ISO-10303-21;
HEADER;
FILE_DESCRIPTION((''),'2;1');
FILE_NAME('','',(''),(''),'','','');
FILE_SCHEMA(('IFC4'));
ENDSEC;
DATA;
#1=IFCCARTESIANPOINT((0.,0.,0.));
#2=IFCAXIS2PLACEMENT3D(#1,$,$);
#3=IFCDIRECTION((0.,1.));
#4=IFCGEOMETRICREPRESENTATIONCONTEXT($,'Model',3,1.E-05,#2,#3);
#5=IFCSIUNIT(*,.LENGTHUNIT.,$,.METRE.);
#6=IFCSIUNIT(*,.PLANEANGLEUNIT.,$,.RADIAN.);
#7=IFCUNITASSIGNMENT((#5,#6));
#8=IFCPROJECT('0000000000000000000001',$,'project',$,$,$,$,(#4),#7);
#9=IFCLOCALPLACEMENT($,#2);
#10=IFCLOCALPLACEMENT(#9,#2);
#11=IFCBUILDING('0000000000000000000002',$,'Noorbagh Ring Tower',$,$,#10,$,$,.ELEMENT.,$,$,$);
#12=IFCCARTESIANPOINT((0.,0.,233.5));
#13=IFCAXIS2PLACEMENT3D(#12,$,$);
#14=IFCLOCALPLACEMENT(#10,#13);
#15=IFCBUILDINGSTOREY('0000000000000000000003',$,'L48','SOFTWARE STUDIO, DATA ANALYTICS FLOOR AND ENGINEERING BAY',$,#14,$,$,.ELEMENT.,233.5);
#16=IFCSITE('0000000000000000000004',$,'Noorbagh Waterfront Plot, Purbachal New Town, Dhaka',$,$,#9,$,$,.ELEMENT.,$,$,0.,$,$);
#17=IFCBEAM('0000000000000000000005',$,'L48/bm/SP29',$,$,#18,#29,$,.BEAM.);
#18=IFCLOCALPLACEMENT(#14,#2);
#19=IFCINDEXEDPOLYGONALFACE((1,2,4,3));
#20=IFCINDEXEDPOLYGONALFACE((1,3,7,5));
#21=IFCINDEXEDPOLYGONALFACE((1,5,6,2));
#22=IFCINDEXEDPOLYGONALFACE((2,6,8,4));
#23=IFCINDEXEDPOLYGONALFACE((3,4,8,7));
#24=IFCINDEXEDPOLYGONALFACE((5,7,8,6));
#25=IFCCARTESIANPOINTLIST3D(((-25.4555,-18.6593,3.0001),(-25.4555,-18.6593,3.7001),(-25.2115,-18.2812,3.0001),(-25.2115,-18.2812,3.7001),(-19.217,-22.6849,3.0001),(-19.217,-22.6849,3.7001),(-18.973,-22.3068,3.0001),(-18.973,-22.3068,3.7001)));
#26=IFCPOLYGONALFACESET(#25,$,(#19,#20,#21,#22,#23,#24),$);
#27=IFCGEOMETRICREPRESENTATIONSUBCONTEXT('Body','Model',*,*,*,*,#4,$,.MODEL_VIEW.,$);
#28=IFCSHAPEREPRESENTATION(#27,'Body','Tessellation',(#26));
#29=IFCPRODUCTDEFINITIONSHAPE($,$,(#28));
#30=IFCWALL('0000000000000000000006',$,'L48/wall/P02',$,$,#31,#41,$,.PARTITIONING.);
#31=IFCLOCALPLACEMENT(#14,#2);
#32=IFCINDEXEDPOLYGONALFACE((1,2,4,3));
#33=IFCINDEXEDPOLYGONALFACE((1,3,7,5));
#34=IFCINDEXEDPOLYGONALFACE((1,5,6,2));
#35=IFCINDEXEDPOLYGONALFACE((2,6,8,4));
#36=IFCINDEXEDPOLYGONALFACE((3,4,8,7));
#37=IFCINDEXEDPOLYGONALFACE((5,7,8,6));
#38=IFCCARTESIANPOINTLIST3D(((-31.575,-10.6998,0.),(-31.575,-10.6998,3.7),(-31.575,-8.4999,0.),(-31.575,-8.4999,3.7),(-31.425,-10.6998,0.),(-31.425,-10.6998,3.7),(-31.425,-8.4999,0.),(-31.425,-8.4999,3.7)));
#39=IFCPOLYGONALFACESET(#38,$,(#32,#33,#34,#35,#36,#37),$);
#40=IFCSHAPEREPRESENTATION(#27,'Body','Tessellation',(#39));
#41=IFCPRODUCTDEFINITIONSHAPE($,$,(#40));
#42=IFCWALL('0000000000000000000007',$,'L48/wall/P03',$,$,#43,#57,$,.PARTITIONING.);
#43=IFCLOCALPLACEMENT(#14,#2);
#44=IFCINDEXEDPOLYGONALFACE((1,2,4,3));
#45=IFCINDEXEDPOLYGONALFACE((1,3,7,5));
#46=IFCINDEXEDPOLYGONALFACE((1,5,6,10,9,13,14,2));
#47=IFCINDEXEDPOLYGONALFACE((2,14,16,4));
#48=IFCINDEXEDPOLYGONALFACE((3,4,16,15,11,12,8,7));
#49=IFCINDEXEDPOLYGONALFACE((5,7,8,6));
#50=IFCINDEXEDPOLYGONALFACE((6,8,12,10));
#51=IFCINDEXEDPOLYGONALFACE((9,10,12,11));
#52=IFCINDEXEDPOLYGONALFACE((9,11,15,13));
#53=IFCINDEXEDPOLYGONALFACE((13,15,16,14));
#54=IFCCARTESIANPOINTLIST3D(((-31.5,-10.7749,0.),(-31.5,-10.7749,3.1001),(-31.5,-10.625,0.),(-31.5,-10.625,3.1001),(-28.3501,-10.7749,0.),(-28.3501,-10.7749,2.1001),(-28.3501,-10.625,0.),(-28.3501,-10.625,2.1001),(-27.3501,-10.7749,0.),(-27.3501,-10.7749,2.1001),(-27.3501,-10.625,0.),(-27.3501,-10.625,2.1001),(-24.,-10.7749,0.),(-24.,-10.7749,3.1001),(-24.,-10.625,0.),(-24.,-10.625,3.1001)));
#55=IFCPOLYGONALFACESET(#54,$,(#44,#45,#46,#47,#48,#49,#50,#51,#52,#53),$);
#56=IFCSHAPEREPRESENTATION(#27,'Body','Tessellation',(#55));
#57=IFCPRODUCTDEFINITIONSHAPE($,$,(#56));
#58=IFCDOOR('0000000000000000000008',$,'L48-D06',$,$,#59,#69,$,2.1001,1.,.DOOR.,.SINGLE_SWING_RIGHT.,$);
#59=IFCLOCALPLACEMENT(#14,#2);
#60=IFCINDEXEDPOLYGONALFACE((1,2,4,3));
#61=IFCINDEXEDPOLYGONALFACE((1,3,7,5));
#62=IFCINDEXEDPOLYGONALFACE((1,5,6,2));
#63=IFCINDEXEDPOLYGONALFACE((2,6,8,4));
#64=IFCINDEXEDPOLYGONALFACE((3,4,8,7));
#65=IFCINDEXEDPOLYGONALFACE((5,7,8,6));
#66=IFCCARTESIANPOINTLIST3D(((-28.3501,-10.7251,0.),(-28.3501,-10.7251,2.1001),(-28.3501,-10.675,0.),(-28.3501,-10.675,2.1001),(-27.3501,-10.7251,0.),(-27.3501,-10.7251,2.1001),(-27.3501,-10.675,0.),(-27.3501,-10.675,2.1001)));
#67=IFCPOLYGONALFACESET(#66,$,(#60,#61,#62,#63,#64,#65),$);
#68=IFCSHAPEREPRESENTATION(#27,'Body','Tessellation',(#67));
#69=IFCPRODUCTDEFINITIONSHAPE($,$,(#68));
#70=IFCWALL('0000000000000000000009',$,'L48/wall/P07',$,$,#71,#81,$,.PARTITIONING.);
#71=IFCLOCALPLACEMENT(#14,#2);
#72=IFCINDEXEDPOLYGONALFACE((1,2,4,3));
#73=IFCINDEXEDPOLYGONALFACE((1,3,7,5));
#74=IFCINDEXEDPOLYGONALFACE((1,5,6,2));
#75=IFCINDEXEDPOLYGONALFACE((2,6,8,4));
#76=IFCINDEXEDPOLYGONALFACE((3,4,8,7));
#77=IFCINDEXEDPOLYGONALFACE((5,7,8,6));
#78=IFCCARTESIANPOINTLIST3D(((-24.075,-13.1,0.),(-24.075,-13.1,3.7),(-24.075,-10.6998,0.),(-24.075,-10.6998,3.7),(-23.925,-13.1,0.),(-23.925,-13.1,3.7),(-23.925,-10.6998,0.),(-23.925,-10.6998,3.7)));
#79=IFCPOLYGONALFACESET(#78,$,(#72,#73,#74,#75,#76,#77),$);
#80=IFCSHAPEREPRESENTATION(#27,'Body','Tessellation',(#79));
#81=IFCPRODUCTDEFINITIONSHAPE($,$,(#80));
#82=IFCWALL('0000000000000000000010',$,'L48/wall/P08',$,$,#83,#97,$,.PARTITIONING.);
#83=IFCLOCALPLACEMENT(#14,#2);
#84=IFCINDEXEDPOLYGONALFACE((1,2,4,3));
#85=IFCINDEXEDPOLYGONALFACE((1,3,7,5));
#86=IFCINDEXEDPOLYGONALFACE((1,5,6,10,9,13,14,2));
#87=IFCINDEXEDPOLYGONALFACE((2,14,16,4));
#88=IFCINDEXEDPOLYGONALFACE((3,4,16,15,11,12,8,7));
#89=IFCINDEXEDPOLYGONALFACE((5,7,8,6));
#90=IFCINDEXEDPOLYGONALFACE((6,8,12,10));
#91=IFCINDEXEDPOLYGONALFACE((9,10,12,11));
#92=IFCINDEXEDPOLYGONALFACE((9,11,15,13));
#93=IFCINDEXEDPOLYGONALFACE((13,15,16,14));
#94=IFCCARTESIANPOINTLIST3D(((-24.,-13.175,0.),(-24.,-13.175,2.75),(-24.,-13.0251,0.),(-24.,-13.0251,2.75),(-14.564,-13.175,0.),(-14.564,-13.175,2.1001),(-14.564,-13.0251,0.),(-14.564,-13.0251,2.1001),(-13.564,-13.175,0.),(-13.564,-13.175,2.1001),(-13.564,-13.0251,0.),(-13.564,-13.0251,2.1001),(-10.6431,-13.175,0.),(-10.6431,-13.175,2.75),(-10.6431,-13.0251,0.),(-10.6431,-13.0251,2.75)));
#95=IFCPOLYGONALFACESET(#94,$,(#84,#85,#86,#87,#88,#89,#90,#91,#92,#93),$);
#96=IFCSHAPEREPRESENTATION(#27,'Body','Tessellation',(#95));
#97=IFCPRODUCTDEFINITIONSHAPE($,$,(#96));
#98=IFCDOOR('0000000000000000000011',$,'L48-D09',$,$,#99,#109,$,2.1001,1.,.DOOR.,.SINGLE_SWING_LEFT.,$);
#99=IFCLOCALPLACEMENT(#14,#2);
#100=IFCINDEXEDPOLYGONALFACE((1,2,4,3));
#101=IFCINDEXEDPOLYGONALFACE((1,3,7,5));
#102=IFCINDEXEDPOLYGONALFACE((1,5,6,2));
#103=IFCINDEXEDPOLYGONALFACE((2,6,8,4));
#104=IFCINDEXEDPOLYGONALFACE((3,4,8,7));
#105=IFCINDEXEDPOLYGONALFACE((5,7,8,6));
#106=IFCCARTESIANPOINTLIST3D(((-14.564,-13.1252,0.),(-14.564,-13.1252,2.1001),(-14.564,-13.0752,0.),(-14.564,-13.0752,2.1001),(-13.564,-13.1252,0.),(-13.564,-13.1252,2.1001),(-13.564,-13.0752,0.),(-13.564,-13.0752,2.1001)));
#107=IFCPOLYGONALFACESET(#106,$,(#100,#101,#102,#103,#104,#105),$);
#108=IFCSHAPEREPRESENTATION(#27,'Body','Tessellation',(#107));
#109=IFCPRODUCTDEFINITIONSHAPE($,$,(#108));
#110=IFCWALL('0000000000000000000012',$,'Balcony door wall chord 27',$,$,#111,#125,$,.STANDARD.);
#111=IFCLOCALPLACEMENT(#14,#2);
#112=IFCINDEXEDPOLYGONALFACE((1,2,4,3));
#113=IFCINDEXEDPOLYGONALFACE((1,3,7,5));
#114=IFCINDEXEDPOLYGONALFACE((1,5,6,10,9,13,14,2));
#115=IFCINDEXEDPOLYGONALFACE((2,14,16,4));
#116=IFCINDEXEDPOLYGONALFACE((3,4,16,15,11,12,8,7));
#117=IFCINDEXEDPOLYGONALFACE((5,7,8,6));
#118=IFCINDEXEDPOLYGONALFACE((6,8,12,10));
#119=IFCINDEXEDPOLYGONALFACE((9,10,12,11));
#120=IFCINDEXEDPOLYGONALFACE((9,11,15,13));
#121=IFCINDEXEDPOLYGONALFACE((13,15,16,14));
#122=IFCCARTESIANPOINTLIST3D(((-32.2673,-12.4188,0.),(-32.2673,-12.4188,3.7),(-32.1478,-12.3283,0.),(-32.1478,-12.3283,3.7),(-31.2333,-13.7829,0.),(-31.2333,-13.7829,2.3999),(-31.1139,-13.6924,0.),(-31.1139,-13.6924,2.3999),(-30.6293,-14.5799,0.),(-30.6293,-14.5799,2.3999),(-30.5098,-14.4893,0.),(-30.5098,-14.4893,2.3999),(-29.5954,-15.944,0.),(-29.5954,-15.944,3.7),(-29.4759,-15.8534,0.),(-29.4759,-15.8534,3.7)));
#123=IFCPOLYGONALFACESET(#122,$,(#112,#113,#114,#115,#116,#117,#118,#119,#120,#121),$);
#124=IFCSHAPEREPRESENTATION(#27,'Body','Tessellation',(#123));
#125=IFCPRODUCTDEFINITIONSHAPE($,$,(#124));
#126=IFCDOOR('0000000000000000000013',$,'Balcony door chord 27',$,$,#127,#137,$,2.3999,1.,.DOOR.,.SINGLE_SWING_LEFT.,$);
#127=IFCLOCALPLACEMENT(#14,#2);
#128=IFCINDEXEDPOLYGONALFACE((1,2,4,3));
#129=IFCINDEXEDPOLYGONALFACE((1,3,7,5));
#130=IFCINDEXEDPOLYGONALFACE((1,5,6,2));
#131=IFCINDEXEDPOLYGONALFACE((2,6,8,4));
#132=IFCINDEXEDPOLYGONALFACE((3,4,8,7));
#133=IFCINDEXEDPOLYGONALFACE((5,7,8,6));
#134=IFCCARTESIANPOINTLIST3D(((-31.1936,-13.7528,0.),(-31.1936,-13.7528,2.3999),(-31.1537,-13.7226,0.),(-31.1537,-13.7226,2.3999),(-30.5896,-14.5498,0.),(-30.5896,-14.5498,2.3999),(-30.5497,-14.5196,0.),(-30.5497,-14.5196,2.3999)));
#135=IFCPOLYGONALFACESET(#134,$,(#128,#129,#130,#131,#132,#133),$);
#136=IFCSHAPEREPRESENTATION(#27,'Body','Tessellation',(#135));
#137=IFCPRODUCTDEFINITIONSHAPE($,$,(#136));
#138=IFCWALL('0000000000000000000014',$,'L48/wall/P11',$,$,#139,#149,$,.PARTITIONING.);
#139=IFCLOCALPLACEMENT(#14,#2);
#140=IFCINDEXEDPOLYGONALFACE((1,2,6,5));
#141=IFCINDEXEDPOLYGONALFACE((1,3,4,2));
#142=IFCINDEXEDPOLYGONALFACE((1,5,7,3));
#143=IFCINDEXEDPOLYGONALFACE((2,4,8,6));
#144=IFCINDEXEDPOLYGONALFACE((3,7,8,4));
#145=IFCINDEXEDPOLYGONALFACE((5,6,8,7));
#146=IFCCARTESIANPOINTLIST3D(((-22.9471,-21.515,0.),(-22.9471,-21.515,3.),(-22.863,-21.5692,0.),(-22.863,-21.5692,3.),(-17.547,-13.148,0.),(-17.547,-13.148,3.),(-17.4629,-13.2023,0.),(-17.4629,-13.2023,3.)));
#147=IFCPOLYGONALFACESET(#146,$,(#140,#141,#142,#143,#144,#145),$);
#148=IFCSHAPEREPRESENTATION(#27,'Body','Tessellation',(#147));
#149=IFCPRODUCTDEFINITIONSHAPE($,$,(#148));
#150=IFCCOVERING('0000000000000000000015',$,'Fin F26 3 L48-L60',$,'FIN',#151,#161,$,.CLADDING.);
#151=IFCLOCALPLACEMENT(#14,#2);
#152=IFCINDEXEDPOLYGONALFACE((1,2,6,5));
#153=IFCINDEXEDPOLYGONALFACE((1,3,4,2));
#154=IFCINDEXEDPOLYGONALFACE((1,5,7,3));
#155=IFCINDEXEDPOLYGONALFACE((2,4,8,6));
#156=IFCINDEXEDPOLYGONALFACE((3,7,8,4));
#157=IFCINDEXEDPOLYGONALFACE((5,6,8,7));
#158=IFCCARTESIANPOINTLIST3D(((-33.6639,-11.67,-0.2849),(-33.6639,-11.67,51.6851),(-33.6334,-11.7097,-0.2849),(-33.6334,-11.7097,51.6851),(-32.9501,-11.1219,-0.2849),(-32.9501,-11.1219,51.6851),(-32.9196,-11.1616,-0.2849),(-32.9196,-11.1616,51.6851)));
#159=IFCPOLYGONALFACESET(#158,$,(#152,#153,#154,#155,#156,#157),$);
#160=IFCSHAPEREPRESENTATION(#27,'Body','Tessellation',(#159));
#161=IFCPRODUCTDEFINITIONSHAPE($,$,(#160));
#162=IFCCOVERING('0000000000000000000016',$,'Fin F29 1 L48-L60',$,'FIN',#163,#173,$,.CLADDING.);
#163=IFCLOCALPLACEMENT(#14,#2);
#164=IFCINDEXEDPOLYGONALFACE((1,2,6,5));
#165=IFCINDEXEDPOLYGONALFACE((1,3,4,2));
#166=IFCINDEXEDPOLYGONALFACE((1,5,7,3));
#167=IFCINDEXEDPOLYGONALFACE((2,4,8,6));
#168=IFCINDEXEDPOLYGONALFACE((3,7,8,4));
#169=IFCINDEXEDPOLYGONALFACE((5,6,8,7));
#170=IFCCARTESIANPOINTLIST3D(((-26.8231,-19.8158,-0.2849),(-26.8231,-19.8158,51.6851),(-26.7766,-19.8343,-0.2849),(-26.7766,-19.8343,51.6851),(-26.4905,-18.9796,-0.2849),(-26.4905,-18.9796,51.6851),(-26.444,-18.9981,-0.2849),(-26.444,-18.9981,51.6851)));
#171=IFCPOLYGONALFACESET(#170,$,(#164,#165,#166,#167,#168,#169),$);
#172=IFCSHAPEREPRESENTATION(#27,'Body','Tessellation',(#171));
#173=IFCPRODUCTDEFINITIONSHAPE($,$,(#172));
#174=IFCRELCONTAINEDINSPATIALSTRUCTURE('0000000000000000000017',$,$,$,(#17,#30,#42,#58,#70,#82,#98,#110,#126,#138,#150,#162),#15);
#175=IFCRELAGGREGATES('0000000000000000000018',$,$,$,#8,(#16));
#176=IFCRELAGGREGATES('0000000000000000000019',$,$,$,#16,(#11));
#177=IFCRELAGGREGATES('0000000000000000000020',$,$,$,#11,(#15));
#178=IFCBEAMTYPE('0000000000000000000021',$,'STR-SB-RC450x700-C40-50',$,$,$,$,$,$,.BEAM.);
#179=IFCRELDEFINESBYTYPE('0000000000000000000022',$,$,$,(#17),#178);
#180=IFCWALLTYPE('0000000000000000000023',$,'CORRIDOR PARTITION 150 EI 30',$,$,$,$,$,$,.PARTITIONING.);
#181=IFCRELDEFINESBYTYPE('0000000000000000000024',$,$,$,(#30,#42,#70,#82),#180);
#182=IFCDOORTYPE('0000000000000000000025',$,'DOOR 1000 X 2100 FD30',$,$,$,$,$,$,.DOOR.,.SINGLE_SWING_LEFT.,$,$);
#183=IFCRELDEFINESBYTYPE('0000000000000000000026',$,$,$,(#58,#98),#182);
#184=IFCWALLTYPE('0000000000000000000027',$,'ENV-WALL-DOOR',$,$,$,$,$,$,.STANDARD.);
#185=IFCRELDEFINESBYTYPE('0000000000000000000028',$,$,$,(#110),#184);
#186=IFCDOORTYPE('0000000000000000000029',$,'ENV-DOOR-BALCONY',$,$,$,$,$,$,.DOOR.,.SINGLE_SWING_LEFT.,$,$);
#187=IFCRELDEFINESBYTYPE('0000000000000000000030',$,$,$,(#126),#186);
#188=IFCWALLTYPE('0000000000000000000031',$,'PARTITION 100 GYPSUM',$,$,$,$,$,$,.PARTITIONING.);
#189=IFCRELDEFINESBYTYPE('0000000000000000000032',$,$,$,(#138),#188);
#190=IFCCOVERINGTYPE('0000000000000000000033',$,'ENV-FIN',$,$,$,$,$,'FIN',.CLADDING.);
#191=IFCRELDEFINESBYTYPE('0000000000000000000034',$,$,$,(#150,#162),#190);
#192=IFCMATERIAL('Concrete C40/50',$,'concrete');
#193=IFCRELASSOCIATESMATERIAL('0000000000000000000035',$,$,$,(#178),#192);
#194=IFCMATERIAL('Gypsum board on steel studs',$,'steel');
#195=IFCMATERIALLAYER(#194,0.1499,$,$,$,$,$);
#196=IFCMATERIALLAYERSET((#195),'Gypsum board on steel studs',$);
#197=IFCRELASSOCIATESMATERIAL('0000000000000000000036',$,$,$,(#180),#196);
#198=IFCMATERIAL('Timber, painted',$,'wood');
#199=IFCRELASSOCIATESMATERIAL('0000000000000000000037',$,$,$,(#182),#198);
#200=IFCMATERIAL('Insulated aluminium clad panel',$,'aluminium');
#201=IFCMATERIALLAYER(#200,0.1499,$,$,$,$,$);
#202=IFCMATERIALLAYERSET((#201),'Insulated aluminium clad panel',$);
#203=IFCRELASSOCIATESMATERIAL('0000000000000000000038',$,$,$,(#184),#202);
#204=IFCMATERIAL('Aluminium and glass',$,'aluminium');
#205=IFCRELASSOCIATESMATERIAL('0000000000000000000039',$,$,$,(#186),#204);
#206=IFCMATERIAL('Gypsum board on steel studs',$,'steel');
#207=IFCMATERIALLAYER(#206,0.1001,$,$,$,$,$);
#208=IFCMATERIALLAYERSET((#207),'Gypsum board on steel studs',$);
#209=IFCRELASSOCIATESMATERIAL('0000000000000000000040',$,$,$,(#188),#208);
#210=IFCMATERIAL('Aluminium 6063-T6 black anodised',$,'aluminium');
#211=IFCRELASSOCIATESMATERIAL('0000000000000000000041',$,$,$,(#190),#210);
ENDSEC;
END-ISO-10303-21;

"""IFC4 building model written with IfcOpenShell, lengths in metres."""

from ifc_helpers import new_model, si_unit, direction, frame, frame_2d, origin, origin_2d, place, context, subcontext, project, spatial, rectangle, extrude, material, layer, layer_set, material_profile, profile_set, type_object, element, fill, save


model = new_model("IFC4")

# Units and contexts
model_context = context("Model", 3, precision=1e-05, world=origin(), true_north=direction((0.0, 1.0)))
body_context = subcontext(model_context, "Body", "Model", "MODEL_VIEW")
ifc_project = project(units=[si_unit("LENGTHUNIT", "METRE"), si_unit("PLANEANGLEUNIT", "RADIAN")], contexts=[model_context])

# Site, building, storey
site_placement = place(None, origin())
site = spatial("IfcSite", under=ifc_project, at=site_placement, Name="Noorbagh Waterfront Plot, Purbachal New Town, Dhaka", CompositionType="ELEMENT", RefElevation=0.0)
building_placement = place(site_placement, origin())
building = spatial("IfcBuilding", under=site, at=building_placement, Name="Noorbagh Ring Tower", CompositionType="ELEMENT")
storey_placement = place(building_placement, frame((0.0, 0.0, 233.5)))
storey = spatial("IfcBuildingStorey", under=building, at=storey_placement, Name="L48", Description="SOFTWARE STUDIO, DATA ANALYTICS FLOOR AND ENGINEERING BAY", CompositionType="ELEMENT", Elevation=233.5)

# Beam
ifc_material_1 = material(Name="Concrete C40/50", Category="concrete")
ifc_material_profile_1 = material_profile(ifc_material_1, rectangle(XDim=0.45, YDim=0.7, at=origin_2d()), Name="RC450x700")
ifc_profile_set_1 = profile_set([ifc_material_profile_1], Name="Concrete C40/50")
beam_type_1 = type_object("IfcBeamType", Name="STR-SB-RC450x700-C40-50", PredefinedType="BEAM", material=ifc_profile_set_1)
beam_1_placement = place(storey_placement, frame((-25.3335, -18.4702, 3.3501), z_axis=(0.840249, -0.542201, 0.0), x_axis=(0.542201, 0.840249, 0.0)))
element("IfcBeam", 1, at=beam_1_placement, inside=storey, type_object=beam_type_1, Name="L48/bm/SP29", PredefinedType="BEAM", context=body_context, shape_type="SweptSolid", body=[
    extrude(rectangle(XDim=0.45, YDim=0.7, at=origin_2d()), origin(), (0.0, 0.0, 1.0), 7.4246),
])

# Wall
ifc_material_2 = material(Name="Gypsum board on steel studs", Category="steel")
ifc_layer_1 = layer(ifc_material_2, 0.1499)
ifc_layer_set_1 = layer_set([ifc_layer_1], Name="Gypsum board on steel studs")
wall_type_1 = type_object("IfcWallType", Name="CORRIDOR PARTITION 150 EI 30", PredefinedType="PARTITIONING", material=ifc_layer_set_1)
wall_1_placement = place(storey_placement, frame((-31.5, -10.7, 0.0), z_axis=(0.0, 0.0, 1.0), x_axis=(0.0, 1.0, 0.0)))
element("IfcWall", 2, at=wall_1_placement, inside=storey, type_object=wall_type_1, Name="L48/wall/P02", PredefinedType="PARTITIONING", context=body_context, shape_type="SweptSolid", body=[
    extrude(rectangle(XDim=2.2, YDim=0.1499, at=frame_2d((1.1001, 0.0))), origin(), (0.0, 0.0, 1.0), 3.7),
])

# Wall, opening, door
wall_2_placement = place(storey_placement, frame((-31.5, -10.7, 0.0), z_axis=(0.0, 0.0, 1.0), x_axis=(1.0, 0.0, 0.0)))
wall_2 = element("IfcWall", 3, at=wall_2_placement, inside=storey, type_object=wall_type_1, Name="L48/wall/P03", PredefinedType="PARTITIONING", context=body_context, shape_type="SweptSolid", body=[
    extrude(rectangle(XDim=7.5, YDim=0.1499, at=frame_2d((3.75, 0.0))), origin(), (0.0, 0.0, 1.0), 3.1001),
])
opening_1_placement = place(wall_2_placement, frame((3.1499, 0.0, 0.0)))
opening_1 = element("IfcOpeningElement", 4, at=opening_1_placement, cuts=wall_2, PredefinedType="OPENING", context=body_context, shape_type="SweptSolid", body=[
    extrude(rectangle(XDim=1.0, YDim=2.1001, at=frame_2d((0.5, 1.05))), frame((0.0, 0.085, 0.0), z_axis=(0.0, -1.0, 0.0), x_axis=(1.0, 0.0, 0.0)), (0.0, 0.0, 1.0), 0.1699),
])
ifc_material_3 = material(Name="Timber, painted", Category="wood")
door_type_1 = type_object("IfcDoorType", Name="DOOR 1000 X 2100 FD30", OperationType="SINGLE_SWING_LEFT", PredefinedType="DOOR", material=ifc_material_3)
door_1_placement = place(opening_1_placement, origin())
door_1 = element("IfcDoor", 5, at=door_1_placement, inside=storey, type_object=door_type_1, Name="L48-D06", OperationType="SINGLE_SWING_RIGHT", OverallHeight=2.1001, OverallWidth=1.0, PredefinedType="DOOR", context=body_context, shape_type="SweptSolid", body=[
    extrude(rectangle(XDim=1.0, YDim=2.1001, at=frame_2d((0.5, 1.05))), frame((0.0, 0.0249, 0.0), z_axis=(0.0, -1.0, 0.0), x_axis=(1.0, 0.0, 0.0)), (0.0, 0.0, 1.0), 0.05),
])
fill(opening_1, door_1)

# Wall
wall_3_placement = place(storey_placement, frame((-24.0, -13.1001, 0.0), z_axis=(0.0, 0.0, 1.0), x_axis=(0.0, 1.0, 0.0)))
element("IfcWall", 6, at=wall_3_placement, inside=storey, type_object=wall_type_1, Name="L48/wall/P07", PredefinedType="PARTITIONING", context=body_context, shape_type="SweptSolid", body=[
    extrude(rectangle(XDim=2.4001, YDim=0.1499, at=frame_2d((1.2002, 0.0))), origin(), (0.0, 0.0, 1.0), 3.7),
])

# Walls, openings, doors
wall_4_placement = place(storey_placement, frame((-24.0, -13.1001, 0.0), z_axis=(0.0, 0.0, 1.0), x_axis=(1.0, 0.0, 0.0)))
wall_4 = element("IfcWall", 7, at=wall_4_placement, inside=storey, type_object=wall_type_1, Name="L48/wall/P08", PredefinedType="PARTITIONING", context=body_context, shape_type="SweptSolid", body=[
    extrude(rectangle(XDim=13.3569, YDim=0.1499, at=frame_2d((6.6785, 0.0))), origin(), (0.0, 0.0, 1.0), 2.75),
])
opening_2_placement = place(wall_4_placement, frame((9.436, 0.0, 0.0)))
opening_2 = element("IfcOpeningElement", 8, at=opening_2_placement, cuts=wall_4, PredefinedType="OPENING", context=body_context, shape_type="SweptSolid", body=[
    extrude(rectangle(XDim=1.0, YDim=2.1001, at=frame_2d((0.5, 1.05))), frame((0.0, 0.085, 0.0), z_axis=(0.0, -1.0, 0.0), x_axis=(1.0, 0.0, 0.0)), (0.0, 0.0, 1.0), 0.1699),
])
door_2_placement = place(opening_2_placement, origin())
door_2 = element("IfcDoor", 9, at=door_2_placement, inside=storey, type_object=door_type_1, Name="L48-D09", OperationType="SINGLE_SWING_LEFT", OverallHeight=2.1001, OverallWidth=1.0, PredefinedType="DOOR", context=body_context, shape_type="SweptSolid", body=[
    extrude(rectangle(XDim=1.0, YDim=2.1001, at=frame_2d((0.5, 1.05))), frame((0.0, 0.0249, 0.0), z_axis=(0.0, -1.0, 0.0), x_axis=(1.0, 0.0, 0.0)), (0.0, 0.0, 1.0), 0.05),
])
fill(opening_2, door_2)
ifc_material_4 = material(Name="Insulated aluminium clad panel", Category="aluminium")
ifc_layer_2 = layer(ifc_material_4, 0.1499)
ifc_layer_set_2 = layer_set([ifc_layer_2], Name="Insulated aluminium clad panel")
wall_type_2 = type_object("IfcWallType", Name="ENV-WALL-DOOR", PredefinedType="STANDARD", material=ifc_layer_set_2)
wall_5_placement = place(storey_placement, frame((-32.2075, -12.3735, 0.0), z_axis=(0.0, 0.0, 1.0), x_axis=(0.604046, -0.79695, 0.0)))
wall_5 = element("IfcWall", 10, at=wall_5_placement, inside=storey, type_object=wall_type_2, Name="Balcony door wall chord 27", PredefinedType="STANDARD", context=body_context, shape_type="SweptSolid", body=[
    extrude(rectangle(XDim=4.4233, YDim=0.1499, at=frame_2d((2.2117, 0.0))), origin(), (0.0, 0.0, 1.0), 3.7),
])
opening_3_placement = place(wall_5_placement, frame((1.7117, 0.0, 0.0)))
opening_3 = element("IfcOpeningElement", 11, at=opening_3_placement, cuts=wall_5, PredefinedType="OPENING", context=body_context, shape_type="SweptSolid", body=[
    extrude(rectangle(XDim=1.0, YDim=2.3999, at=frame_2d((0.5, 1.2))), frame((0.0, 0.085, 0.0), z_axis=(0.0, -1.0, 0.0), x_axis=(1.0, 0.0, 0.0)), (0.0, 0.0, 1.0), 0.1699),
])
ifc_material_5 = material(Name="Aluminium and glass", Category="aluminium")
door_type_2 = type_object("IfcDoorType", Name="ENV-DOOR-BALCONY", OperationType="SINGLE_SWING_LEFT", PredefinedType="DOOR", material=ifc_material_5)
door_3_placement = place(opening_3_placement, origin())
door_3 = element("IfcDoor", 12, at=door_3_placement, inside=storey, type_object=door_type_2, Name="Balcony door chord 27", OperationType="SINGLE_SWING_LEFT", OverallHeight=2.3999, OverallWidth=1.0, PredefinedType="DOOR", context=body_context, shape_type="SweptSolid", body=[
    extrude(rectangle(XDim=1.0, YDim=2.3999, at=frame_2d((0.5, 1.2))), frame((0.0, 0.0249, 0.0), z_axis=(0.0, -1.0, 0.0), x_axis=(1.0, 0.0, 0.0)), (0.0, 0.0, 1.0), 0.05),
])
fill(opening_3, door_3)

# Wall
ifc_material_6 = material(Name="Gypsum board on steel studs", Category="steel")
ifc_layer_3 = layer(ifc_material_6, 0.1001)
ifc_layer_set_3 = layer_set([ifc_layer_3], Name="Gypsum board on steel studs")
wall_type_3 = type_object("IfcWallType", Name="PARTITION 100 GYPSUM", PredefinedType="PARTITIONING", material=ifc_layer_set_3)
wall_6_placement = place(storey_placement, frame((-22.905, -21.542, 0.0), z_axis=(0.0, 0.0, 1.0), x_axis=(0.542277, 0.8402, 0.0)))
element("IfcWall", 13, at=wall_6_placement, inside=storey, type_object=wall_type_3, Name="L48/wall/P11", PredefinedType="PARTITIONING", context=body_context, shape_type="SweptSolid", body=[
    extrude(rectangle(XDim=9.9583, YDim=0.1001, at=frame_2d((4.979, 0.0))), origin(), (0.0, 0.0, 1.0), 3.0),
])

# Coverings
ifc_material_7 = material(Name="Aluminium 6063-T6 black anodised", Category="aluminium")
ifc_material_profile_2 = material_profile(ifc_material_7, rectangle(XDim=0.8999, YDim=0.05, at=origin_2d()), Name="900x50")
ifc_profile_set_2 = profile_set([ifc_material_profile_2], Name="Aluminium 6063-T6 black anodised")
covering_type_1 = type_object("IfcCoveringType", Name="ENV-FIN", ElementType="FIN", PredefinedType="CLADDING", material=ifc_profile_set_2)
for number, where, z_axis, x_axis, name in (
    (14, (-33.2917, -11.4158, -0.2849), (0.0, 0.0, 1.0), (-0.793138, -0.609043, 0.0), "Fin F26 3 L48-L60"),
    (15, (-26.6335, -19.407, -0.2849), (0.0, 0.0, 1.0), (-0.369564, -0.929205, 0.0), "Fin F29 1 L48-L60"),
):
    element("IfcCovering", number, at=place(storey_placement, frame(where, z_axis=z_axis, x_axis=x_axis)), inside=storey, type_object=covering_type_1, Name=name, ObjectType="FIN", PredefinedType="CLADDING", context=body_context, shape_type="SweptSolid", body=[
        extrude(rectangle(XDim=0.8999, YDim=0.05, at=origin_2d()), origin(), (0.0, 0.0, 1.0), 51.97),
    ])

save(model, "model.ifc")
